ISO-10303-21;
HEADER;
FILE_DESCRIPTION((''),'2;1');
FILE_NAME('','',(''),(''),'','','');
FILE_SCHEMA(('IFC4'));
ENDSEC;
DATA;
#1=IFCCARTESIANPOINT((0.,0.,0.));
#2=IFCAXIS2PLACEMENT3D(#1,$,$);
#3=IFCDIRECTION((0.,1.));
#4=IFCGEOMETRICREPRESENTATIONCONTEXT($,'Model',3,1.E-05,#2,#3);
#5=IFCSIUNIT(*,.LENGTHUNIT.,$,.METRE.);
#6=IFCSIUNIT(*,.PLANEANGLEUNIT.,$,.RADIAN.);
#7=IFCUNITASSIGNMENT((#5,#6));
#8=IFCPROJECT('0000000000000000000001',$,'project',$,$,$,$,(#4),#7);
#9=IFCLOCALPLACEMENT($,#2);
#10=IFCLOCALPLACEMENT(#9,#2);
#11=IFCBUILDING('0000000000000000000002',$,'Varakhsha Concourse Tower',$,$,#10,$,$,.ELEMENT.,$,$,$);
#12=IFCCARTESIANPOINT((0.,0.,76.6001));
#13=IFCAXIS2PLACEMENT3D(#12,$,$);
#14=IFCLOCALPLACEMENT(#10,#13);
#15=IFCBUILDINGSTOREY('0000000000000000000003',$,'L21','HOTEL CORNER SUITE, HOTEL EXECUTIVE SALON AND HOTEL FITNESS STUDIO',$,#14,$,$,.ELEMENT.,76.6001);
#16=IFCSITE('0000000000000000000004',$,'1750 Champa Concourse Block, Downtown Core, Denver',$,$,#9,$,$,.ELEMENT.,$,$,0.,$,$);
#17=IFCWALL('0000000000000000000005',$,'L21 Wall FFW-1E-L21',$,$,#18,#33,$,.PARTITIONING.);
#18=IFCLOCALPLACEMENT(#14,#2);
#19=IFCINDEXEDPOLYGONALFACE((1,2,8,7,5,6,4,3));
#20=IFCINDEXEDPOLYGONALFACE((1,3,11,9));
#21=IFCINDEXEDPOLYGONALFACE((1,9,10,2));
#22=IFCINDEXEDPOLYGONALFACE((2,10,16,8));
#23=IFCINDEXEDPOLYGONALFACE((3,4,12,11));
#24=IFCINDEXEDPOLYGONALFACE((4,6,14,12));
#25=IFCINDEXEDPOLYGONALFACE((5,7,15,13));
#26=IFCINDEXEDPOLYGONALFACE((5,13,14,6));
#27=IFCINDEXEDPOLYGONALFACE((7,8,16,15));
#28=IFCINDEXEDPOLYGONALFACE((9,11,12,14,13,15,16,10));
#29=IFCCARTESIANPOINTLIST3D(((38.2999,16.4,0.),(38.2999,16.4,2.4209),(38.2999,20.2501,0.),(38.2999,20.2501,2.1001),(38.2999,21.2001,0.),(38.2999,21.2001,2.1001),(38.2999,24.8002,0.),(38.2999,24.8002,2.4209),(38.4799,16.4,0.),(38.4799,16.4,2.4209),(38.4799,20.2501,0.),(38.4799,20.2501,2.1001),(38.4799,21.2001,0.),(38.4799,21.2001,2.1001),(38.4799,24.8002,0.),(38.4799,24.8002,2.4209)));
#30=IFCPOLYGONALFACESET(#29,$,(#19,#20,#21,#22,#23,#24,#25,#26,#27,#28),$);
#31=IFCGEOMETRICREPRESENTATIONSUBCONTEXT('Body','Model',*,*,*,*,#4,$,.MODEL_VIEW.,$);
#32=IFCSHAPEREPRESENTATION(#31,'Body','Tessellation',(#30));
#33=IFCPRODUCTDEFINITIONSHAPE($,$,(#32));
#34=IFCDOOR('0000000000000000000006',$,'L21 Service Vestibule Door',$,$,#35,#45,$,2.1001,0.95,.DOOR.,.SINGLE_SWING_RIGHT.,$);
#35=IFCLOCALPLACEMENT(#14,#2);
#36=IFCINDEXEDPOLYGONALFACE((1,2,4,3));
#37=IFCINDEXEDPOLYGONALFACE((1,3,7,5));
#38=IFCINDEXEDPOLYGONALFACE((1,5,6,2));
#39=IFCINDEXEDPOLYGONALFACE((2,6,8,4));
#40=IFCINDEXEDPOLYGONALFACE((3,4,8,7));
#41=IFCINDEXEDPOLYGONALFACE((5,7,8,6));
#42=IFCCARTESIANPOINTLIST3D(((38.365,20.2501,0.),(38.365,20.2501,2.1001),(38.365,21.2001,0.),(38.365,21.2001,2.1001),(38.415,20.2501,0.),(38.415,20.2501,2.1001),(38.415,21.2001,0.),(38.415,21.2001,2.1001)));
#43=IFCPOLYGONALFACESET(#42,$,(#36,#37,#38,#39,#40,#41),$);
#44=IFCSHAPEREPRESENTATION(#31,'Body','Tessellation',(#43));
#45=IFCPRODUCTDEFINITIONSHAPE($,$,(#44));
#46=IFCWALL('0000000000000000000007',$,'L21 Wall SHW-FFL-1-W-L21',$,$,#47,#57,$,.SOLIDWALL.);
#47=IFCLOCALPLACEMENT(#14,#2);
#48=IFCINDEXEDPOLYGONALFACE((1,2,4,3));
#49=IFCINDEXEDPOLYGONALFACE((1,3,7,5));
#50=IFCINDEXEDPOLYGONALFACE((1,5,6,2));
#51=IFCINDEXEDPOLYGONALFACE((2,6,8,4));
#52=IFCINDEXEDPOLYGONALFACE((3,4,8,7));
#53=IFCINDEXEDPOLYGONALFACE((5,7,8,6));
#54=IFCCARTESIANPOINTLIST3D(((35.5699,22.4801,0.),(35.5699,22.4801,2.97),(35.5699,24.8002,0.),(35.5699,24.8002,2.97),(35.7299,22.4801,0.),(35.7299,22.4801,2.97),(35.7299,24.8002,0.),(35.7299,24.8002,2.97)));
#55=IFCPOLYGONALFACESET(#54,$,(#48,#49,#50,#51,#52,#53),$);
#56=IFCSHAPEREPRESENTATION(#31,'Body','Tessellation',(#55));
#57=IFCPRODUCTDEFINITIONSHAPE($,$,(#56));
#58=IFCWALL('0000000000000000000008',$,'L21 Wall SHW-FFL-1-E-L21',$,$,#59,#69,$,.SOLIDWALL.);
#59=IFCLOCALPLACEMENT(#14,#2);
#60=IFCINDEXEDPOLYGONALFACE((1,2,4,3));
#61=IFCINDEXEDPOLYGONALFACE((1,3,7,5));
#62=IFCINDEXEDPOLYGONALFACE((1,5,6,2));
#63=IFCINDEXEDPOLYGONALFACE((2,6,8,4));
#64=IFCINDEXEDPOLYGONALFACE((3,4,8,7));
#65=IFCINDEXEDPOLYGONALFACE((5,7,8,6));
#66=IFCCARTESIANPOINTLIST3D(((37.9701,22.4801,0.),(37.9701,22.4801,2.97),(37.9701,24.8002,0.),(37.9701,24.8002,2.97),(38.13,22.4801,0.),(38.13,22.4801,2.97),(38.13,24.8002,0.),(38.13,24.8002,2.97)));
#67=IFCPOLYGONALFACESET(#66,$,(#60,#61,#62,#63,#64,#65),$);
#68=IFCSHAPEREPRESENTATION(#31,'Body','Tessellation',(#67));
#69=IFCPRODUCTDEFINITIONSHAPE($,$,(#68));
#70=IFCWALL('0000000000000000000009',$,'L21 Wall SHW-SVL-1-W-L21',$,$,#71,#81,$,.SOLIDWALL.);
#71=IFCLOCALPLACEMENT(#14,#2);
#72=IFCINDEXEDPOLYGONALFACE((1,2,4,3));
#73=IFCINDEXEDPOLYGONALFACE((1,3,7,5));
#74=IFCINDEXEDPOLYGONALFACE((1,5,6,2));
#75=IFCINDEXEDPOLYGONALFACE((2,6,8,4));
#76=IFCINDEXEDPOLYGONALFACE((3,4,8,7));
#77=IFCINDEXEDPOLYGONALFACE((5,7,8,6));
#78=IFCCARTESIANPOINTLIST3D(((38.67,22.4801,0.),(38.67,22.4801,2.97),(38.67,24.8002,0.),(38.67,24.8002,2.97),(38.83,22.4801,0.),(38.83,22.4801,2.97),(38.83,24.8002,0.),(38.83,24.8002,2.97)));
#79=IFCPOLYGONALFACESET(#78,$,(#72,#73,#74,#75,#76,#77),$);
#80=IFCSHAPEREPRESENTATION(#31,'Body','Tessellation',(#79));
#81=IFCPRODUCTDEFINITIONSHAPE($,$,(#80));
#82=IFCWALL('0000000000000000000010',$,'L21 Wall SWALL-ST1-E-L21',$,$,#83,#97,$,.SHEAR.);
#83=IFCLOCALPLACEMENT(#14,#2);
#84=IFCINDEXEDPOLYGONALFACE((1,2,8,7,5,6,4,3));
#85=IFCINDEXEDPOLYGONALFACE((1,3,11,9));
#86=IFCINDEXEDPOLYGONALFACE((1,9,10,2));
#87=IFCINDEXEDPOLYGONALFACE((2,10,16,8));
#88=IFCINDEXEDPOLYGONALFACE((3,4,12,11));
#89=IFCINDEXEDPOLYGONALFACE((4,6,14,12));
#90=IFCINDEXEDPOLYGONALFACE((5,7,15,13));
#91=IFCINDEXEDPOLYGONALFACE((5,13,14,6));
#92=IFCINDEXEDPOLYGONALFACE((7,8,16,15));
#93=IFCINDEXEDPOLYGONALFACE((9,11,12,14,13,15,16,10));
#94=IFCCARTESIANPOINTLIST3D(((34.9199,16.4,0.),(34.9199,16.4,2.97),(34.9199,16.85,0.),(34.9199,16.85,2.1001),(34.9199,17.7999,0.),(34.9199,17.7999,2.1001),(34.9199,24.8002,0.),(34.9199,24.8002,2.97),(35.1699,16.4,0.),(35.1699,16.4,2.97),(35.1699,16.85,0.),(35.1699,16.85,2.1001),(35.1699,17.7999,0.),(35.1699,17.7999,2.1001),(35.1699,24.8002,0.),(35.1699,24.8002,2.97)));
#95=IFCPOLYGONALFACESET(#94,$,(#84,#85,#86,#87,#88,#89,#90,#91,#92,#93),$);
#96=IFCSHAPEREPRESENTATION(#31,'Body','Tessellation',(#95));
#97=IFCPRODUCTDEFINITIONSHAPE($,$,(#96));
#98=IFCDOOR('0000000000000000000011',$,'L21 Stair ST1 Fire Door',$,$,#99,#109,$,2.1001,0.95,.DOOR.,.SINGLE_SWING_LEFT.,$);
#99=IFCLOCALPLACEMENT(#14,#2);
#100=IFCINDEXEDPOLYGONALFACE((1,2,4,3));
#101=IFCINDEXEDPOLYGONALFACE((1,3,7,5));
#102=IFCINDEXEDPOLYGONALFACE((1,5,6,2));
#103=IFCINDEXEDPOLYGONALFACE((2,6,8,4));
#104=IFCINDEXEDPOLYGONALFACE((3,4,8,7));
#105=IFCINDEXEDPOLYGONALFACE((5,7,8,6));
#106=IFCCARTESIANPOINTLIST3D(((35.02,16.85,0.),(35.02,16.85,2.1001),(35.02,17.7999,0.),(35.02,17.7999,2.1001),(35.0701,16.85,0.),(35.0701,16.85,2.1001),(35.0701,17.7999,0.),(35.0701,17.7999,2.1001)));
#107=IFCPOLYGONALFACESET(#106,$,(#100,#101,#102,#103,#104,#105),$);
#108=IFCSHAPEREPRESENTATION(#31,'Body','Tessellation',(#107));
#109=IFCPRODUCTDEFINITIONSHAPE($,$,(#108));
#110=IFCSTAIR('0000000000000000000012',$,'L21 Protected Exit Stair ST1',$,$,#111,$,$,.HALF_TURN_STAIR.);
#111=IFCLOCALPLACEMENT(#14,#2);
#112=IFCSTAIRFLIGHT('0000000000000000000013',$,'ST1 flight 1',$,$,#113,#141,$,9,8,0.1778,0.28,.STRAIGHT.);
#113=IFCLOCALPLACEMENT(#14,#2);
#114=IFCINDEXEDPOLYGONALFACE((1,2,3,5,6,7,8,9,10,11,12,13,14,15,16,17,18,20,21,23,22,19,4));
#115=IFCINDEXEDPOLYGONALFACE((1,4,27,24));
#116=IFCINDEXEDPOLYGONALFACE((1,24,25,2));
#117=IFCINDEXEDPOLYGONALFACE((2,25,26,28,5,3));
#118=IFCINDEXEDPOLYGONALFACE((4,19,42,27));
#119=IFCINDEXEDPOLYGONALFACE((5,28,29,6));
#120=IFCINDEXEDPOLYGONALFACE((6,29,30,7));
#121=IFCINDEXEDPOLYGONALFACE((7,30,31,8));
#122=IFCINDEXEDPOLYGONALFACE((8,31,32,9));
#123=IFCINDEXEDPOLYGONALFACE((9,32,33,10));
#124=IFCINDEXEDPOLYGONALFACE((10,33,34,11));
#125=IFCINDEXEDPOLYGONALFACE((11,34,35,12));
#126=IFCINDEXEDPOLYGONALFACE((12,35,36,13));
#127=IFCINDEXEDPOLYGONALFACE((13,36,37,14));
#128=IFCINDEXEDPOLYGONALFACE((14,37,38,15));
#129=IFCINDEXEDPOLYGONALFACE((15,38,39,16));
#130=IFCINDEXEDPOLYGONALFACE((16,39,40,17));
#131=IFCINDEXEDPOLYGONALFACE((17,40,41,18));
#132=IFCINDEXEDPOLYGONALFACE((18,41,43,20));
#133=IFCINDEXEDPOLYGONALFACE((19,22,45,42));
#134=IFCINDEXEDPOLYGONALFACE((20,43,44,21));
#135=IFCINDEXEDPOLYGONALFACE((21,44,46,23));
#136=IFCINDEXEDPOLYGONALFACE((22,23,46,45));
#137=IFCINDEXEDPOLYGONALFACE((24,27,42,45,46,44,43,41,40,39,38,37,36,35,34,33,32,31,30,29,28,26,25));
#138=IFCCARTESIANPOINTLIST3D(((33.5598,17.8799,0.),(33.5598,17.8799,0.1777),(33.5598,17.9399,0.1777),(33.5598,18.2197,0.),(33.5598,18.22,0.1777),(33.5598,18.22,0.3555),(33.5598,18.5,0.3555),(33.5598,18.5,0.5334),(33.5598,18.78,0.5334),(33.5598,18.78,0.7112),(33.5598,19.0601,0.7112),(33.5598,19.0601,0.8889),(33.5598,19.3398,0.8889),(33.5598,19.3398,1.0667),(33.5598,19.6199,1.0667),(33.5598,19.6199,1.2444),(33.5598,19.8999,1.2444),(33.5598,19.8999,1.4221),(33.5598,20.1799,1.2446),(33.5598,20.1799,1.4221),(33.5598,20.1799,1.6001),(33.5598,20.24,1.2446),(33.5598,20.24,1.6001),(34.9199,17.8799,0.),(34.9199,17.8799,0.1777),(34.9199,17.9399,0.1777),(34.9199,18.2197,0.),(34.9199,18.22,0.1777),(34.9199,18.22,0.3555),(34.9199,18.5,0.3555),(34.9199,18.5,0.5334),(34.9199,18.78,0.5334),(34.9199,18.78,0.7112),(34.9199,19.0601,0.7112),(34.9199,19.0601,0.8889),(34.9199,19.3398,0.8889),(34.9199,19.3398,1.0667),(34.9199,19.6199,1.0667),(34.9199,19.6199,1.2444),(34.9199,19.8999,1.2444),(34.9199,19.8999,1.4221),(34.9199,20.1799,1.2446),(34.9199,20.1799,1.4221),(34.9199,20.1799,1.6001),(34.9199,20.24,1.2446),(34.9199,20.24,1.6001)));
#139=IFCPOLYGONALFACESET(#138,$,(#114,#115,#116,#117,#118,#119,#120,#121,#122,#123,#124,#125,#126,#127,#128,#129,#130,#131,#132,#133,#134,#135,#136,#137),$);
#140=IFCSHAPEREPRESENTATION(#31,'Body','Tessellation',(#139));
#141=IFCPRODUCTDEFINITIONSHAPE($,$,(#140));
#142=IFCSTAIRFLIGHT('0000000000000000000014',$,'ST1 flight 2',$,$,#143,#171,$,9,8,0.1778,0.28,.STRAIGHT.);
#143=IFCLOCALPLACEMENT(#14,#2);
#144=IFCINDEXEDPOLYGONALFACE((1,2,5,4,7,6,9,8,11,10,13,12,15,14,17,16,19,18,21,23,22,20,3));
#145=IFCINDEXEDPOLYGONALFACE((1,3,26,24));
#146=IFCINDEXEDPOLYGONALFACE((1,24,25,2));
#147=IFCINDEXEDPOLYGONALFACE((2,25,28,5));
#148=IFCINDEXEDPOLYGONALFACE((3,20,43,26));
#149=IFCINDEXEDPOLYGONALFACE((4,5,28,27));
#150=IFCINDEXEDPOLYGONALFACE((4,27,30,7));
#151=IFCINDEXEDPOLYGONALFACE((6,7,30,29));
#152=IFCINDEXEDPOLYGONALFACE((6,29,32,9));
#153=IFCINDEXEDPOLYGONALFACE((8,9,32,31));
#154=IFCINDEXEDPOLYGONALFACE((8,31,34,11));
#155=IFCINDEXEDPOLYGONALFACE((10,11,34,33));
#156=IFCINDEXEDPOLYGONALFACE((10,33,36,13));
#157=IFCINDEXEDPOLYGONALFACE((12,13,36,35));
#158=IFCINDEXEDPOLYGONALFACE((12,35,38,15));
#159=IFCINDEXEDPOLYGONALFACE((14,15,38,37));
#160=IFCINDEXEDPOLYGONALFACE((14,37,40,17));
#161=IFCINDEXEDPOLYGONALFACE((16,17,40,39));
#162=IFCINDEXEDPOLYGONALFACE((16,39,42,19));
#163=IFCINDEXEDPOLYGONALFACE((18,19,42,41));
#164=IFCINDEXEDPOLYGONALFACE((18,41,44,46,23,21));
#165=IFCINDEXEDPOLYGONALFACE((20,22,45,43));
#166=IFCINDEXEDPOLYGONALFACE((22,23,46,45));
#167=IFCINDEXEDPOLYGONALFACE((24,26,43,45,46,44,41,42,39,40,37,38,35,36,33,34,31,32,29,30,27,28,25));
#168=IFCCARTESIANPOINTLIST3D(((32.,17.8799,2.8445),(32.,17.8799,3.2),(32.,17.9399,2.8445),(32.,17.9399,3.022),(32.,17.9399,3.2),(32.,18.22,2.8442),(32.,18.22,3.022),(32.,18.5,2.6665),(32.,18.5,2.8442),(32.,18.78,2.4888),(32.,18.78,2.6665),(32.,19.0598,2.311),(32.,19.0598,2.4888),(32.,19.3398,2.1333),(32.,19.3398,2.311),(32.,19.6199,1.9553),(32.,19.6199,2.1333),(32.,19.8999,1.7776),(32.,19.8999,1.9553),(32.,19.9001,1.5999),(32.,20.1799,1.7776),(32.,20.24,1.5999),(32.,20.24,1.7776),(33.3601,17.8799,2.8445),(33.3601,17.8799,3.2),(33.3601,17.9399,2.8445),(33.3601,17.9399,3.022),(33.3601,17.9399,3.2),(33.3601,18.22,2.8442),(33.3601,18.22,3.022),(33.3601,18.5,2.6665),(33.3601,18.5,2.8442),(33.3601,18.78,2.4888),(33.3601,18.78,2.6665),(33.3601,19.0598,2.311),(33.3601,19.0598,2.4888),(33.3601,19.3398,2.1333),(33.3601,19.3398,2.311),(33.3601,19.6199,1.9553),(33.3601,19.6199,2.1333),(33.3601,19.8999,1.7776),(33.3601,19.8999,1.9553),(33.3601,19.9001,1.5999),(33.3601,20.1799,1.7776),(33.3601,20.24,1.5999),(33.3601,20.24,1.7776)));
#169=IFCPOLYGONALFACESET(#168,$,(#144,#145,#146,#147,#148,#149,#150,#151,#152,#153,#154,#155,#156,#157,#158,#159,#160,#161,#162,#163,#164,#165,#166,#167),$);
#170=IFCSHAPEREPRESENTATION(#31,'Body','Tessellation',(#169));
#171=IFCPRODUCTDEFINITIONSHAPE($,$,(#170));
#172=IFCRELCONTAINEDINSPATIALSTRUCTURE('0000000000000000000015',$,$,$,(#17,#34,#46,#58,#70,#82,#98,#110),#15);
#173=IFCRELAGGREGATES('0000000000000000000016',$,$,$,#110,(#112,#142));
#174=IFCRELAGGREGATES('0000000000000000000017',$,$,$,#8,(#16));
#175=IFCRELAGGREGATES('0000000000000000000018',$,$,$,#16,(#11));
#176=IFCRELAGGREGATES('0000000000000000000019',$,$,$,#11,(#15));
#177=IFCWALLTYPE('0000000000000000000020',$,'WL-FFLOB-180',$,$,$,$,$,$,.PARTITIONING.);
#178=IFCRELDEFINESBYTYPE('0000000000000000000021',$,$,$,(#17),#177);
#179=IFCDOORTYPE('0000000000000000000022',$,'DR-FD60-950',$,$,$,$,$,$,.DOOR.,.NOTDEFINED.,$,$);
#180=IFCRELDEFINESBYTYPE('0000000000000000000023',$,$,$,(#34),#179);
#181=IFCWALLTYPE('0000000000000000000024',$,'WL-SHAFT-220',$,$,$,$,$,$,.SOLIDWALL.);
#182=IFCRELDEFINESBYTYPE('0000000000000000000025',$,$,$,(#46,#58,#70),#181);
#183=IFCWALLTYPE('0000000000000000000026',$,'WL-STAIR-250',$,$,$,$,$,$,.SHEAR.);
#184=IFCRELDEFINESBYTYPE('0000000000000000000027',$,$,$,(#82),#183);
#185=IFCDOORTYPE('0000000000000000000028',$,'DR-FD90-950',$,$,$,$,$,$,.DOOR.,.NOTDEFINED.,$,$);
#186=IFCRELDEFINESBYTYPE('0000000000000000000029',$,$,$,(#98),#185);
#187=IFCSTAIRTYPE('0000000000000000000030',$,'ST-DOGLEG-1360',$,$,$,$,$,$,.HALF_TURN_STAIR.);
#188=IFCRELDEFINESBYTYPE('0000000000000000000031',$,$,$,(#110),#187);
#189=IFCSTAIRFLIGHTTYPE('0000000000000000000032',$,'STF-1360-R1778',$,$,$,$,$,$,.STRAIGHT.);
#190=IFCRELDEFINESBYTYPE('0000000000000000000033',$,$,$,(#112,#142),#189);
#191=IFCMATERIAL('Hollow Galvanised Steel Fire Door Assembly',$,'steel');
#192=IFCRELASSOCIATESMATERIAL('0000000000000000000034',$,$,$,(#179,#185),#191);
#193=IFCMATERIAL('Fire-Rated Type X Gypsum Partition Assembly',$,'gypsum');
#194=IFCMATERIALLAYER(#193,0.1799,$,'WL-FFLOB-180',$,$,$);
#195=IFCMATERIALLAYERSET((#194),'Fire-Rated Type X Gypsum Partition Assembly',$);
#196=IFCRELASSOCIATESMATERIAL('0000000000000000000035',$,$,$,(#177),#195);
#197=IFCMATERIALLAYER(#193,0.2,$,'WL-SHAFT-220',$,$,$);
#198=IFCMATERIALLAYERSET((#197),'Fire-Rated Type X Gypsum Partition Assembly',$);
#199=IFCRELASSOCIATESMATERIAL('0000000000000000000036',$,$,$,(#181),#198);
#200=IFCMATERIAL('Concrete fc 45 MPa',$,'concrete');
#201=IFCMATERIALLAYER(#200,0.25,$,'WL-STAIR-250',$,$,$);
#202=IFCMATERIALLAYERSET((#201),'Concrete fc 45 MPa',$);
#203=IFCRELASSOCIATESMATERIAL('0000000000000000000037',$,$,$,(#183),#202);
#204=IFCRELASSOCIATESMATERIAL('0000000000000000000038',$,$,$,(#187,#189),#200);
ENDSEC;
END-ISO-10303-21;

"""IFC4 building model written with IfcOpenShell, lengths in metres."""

from ifc_helpers import new_model, si_unit, direction, frame, frame_2d, origin, place, context, subcontext, project, spatial, polyline, rectangle, outline, extrude, material, layer, layer_set, type_object, element, fill, aggregate, save


model = new_model("IFC4")

# Units and contexts
model_context = context("Model", 3, precision=1e-05, world=origin(), true_north=direction((0.0, 1.0)))
body_context = subcontext(model_context, "Body", "Model", "MODEL_VIEW")
ifc_project = project(units=[si_unit("LENGTHUNIT", "METRE"), si_unit("PLANEANGLEUNIT", "RADIAN")], contexts=[model_context])

# Site, building, storey
site_placement = place(None, origin())
site = spatial("IfcSite", under=ifc_project, at=site_placement, Name="1750 Champa Concourse Block, Downtown Core, Denver", CompositionType="ELEMENT", RefElevation=0.0)
building_placement = place(site_placement, origin())
building = spatial("IfcBuilding", under=site, at=building_placement, Name="Varakhsha Concourse Tower", CompositionType="ELEMENT")
storey_placement = place(building_placement, frame((0.0, 0.0, 76.6001)))
storey = spatial("IfcBuildingStorey", under=building, at=storey_placement, Name="L21", Description="HOTEL CORNER SUITE, HOTEL EXECUTIVE SALON AND HOTEL FITNESS STUDIO", CompositionType="ELEMENT", Elevation=76.6001)

# Shared definitions
ifc_material_1 = material(Name="Hollow Galvanised Steel Fire Door Assembly", Category="steel")
door_type_1 = type_object("IfcDoorType", Name="DR-FD60-950", OperationType="NOTDEFINED", PredefinedType="DOOR", material=ifc_material_1)

# Wall, opening, door
ifc_material_2 = material(Name="Fire-Rated Type X Gypsum Partition Assembly", Category="gypsum")
ifc_layer_1 = layer(ifc_material_2, 0.1799, Name="WL-FFLOB-180")
ifc_layer_set_1 = layer_set([ifc_layer_1], Name="Fire-Rated Type X Gypsum Partition Assembly")
wall_type_1 = type_object("IfcWallType", Name="WL-FFLOB-180", PredefinedType="PARTITIONING", material=ifc_layer_set_1)
wall_1_placement = place(storey_placement, frame((38.3899, 16.3999, 0.0), z_axis=(0.0, 0.0, 1.0), x_axis=(0.0, 1.0, 0.0)))
wall_1 = element("IfcWall", 1, at=wall_1_placement, inside=storey, type_object=wall_type_1, Name="L21 Wall FFW-1E-L21", PredefinedType="PARTITIONING", context=body_context, shape_type="SweptSolid", body=[
    extrude(rectangle(XDim=8.4001, YDim=0.1799, at=frame_2d((4.2002, 0.0))), origin(), (0.0, 0.0, 1.0), 2.4209),
])
opening_1_placement = place(wall_1_placement, frame((3.8501, 0.0, 0.0)))
opening_1 = element("IfcOpeningElement", 2, at=opening_1_placement, cuts=wall_1, PredefinedType="OPENING", context=body_context, shape_type="SweptSolid", body=[
    extrude(rectangle(XDim=0.95, YDim=2.1001, at=frame_2d((0.4751, 1.05))), frame((0.0, 0.0999, 0.0), z_axis=(0.0, -1.0, 0.0), x_axis=(1.0, 0.0, 0.0)), (0.0, 0.0, 1.0), 0.2),
])
door_1_placement = place(opening_1_placement, origin())
door_1 = element("IfcDoor", 3, at=door_1_placement, inside=storey, type_object=door_type_1, Name="L21 Service Vestibule Door", OperationType="SINGLE_SWING_RIGHT", OverallHeight=2.1001, OverallWidth=0.95, PredefinedType="DOOR", context=body_context, shape_type="SweptSolid", body=[
    extrude(rectangle(XDim=0.95, YDim=2.1001, at=frame_2d((0.4751, 1.05))), frame((0.0, 0.0249, 0.0), z_axis=(0.0, -1.0, 0.0), x_axis=(1.0, 0.0, 0.0)), (0.0, 0.0, 1.0), 0.05),
])
fill(opening_1, door_1)

# Shared definitions
ifc_layer_2 = layer(ifc_material_2, 0.2, Name="WL-SHAFT-220")
ifc_layer_set_2 = layer_set([ifc_layer_2], Name="Fire-Rated Type X Gypsum Partition Assembly")
wall_type_2 = type_object("IfcWallType", Name="WL-SHAFT-220", PredefinedType="SOLIDWALL", material=ifc_layer_set_2)

# Walls
for number, where, z_axis, x_axis, name in (
    (4, (35.6499, 22.48, 0.0), (0.0, 0.0, 1.0), (0.0, 1.0, 0.0), "L21 Wall SHW-FFL-1-W-L21"),
    (5, (38.05, 22.48, 0.0), (0.0, 0.0, 1.0), (0.0, 1.0, 0.0), "L21 Wall SHW-FFL-1-E-L21"),
    (6, (38.75, 22.48, 0.0), (0.0, 0.0, 1.0), (0.0, 1.0, 0.0), "L21 Wall SHW-SVL-1-W-L21"),
):
    element("IfcWall", number, at=place(storey_placement, frame(where, z_axis=z_axis, x_axis=x_axis)), inside=storey, type_object=wall_type_2, Name=name, PredefinedType="SOLIDWALL", context=body_context, shape_type="SweptSolid", body=[
        extrude(rectangle(XDim=2.3201, YDim=0.1599, at=frame_2d((1.1602, 0.0))), origin(), (0.0, 0.0, 1.0), 2.97),
    ])

# Wall, opening, door
ifc_material_3 = material(Name="Concrete fc 45 MPa", Category="concrete")
ifc_layer_3 = layer(ifc_material_3, 0.25, Name="WL-STAIR-250")
ifc_layer_set_3 = layer_set([ifc_layer_3], Name="Concrete fc 45 MPa")
wall_type_3 = type_object("IfcWallType", Name="WL-STAIR-250", PredefinedType="SHEAR", material=ifc_layer_set_3)
wall_2_placement = place(storey_placement, frame((35.0449, 16.3999, 0.0), z_axis=(0.0, 0.0, 1.0), x_axis=(0.0, 1.0, 0.0)))
wall_2 = element("IfcWall", 7, at=wall_2_placement, inside=storey, type_object=wall_type_3, Name="L21 Wall SWALL-ST1-E-L21", PredefinedType="SHEAR", context=body_context, shape_type="SweptSolid", body=[
    extrude(rectangle(XDim=8.4001, YDim=0.25, at=frame_2d((4.2002, 0.0))), origin(), (0.0, 0.0, 1.0), 2.97),
])
opening_2_placement = place(wall_2_placement, frame((0.45, 0.0, 0.0)))
opening_2 = element("IfcOpeningElement", 8, at=opening_2_placement, cuts=wall_2, PredefinedType="OPENING", context=body_context, shape_type="SweptSolid", body=[
    extrude(rectangle(XDim=0.95, YDim=2.1001, at=frame_2d((0.4751, 1.05))), frame((0.0, 0.135, 0.0), z_axis=(0.0, -1.0, 0.0), x_axis=(1.0, 0.0, 0.0)), (0.0, 0.0, 1.0), 0.27),
])
door_type_2 = type_object("IfcDoorType", Name="DR-FD90-950", OperationType="NOTDEFINED", PredefinedType="DOOR", material=ifc_material_1)
door_2_placement = place(opening_2_placement, origin())
door_2 = element("IfcDoor", 9, at=door_2_placement, inside=storey, type_object=door_type_2, Name="L21 Stair ST1 Fire Door", OperationType="SINGLE_SWING_LEFT", OverallHeight=2.1001, OverallWidth=0.95, PredefinedType="DOOR", context=body_context, shape_type="SweptSolid", body=[
    extrude(rectangle(XDim=0.95, YDim=2.1001, at=frame_2d((0.4751, 1.05))), frame((0.0, 0.0249, 0.0), z_axis=(0.0, -1.0, 0.0), x_axis=(1.0, 0.0, 0.0)), (0.0, 0.0, 1.0), 0.05),
])
fill(opening_2, door_2)

# Stair, stair flights
stair_type = type_object("IfcStairType", Name="ST-DOGLEG-1360", PredefinedType="HALF_TURN_STAIR", material=ifc_material_3)
stair_placement = place(storey_placement, origin())
stair = element("IfcStair", 10, at=stair_placement, inside=storey, type_object=stair_type, Name="L21 Protected Exit Stair ST1", PredefinedType="HALF_TURN_STAIR")
stair_flight_type = type_object("IfcStairFlightType", Name="STF-1360-R1778", PredefinedType="STRAIGHT", material=ifc_material_3)
stair_flight_1_placement = place(storey_placement, frame((34.24, 17.9399, 0.0), z_axis=(0.0, 0.0, 1.0), x_axis=(0.0, 1.0, 0.0)))
stair_flight_1 = element("IfcStairFlight", 11, at=stair_flight_1_placement, type_object=stair_flight_type, Name="ST1 flight 1", NumberOfRisers=9, NumberOfTreads=8, PredefinedType="STRAIGHT", RiserHeight=0.1778, TreadLength=0.28, context=body_context, shape_type="SweptSolid", body=[
    extrude(outline(polyline([(-0.0601, 0.0), (-0.0601, 0.1777), (0.0, 0.1777), (0.28, 0.1777), (0.28, 0.3555), (0.5601, 0.3555), (0.5601, 0.5334), (0.8401, 0.5334), (0.8401, 0.7112), (1.1201, 0.7112), (1.1201, 0.8889), (1.3999, 0.8889), (1.3999, 1.0667), (1.6799, 1.0667), (1.6799, 1.2444), (1.96, 1.2444), (1.96, 1.4221), (2.24, 1.4221), (2.24, 1.6001), (2.3, 1.6001), (2.3, 1.2446), (2.24, 1.2446), (0.2798, 0.0), (-0.0601, 0.0)])), frame((0.0, 0.6802, 0.0), z_axis=(0.0, -1.0, 0.0), x_axis=(1.0, 0.0, 0.0)), (0.0, 0.0, 1.0), 1.3601),
])
stair_flight_2_placement = place(storey_placement, frame((32.6799, 20.1799, 1.5999), z_axis=(0.0, 0.0, 1.0), x_axis=(0.0, -1.0, 0.0)))
stair_flight_2 = element("IfcStairFlight", 12, at=stair_flight_2_placement, type_object=stair_flight_type, Name="ST1 flight 2", NumberOfRisers=9, NumberOfTreads=8, PredefinedType="STRAIGHT", RiserHeight=0.1778, TreadLength=0.28, context=body_context, shape_type="SweptSolid", body=[
    extrude(outline(polyline([(-0.0601, 0.0), (-0.0601, 0.1777), (0.0, 0.1777), (0.28, 0.1777), (0.28, 0.3555), (0.5601, 0.3555), (0.5601, 0.5334), (0.8401, 0.5334), (0.8401, 0.7112), (1.1201, 0.7112), (1.1201, 0.8889), (1.3999, 0.8889), (1.3999, 1.0667), (1.6799, 1.0667), (1.6799, 1.2444), (1.96, 1.2444), (1.96, 1.4221), (2.24, 1.4221), (2.24, 1.6001), (2.3, 1.6001), (2.3, 1.2446), (2.24, 1.2446), (0.2798, 0.0), (-0.0601, 0.0)])), frame((0.0, 0.6802, 0.0), z_axis=(0.0, -1.0, 0.0), x_axis=(1.0, 0.0, 0.0)), (0.0, 0.0, 1.0), 1.3601),
])
aggregate(stair, [stair_flight_1, stair_flight_2])

save(model, "model.ifc")
